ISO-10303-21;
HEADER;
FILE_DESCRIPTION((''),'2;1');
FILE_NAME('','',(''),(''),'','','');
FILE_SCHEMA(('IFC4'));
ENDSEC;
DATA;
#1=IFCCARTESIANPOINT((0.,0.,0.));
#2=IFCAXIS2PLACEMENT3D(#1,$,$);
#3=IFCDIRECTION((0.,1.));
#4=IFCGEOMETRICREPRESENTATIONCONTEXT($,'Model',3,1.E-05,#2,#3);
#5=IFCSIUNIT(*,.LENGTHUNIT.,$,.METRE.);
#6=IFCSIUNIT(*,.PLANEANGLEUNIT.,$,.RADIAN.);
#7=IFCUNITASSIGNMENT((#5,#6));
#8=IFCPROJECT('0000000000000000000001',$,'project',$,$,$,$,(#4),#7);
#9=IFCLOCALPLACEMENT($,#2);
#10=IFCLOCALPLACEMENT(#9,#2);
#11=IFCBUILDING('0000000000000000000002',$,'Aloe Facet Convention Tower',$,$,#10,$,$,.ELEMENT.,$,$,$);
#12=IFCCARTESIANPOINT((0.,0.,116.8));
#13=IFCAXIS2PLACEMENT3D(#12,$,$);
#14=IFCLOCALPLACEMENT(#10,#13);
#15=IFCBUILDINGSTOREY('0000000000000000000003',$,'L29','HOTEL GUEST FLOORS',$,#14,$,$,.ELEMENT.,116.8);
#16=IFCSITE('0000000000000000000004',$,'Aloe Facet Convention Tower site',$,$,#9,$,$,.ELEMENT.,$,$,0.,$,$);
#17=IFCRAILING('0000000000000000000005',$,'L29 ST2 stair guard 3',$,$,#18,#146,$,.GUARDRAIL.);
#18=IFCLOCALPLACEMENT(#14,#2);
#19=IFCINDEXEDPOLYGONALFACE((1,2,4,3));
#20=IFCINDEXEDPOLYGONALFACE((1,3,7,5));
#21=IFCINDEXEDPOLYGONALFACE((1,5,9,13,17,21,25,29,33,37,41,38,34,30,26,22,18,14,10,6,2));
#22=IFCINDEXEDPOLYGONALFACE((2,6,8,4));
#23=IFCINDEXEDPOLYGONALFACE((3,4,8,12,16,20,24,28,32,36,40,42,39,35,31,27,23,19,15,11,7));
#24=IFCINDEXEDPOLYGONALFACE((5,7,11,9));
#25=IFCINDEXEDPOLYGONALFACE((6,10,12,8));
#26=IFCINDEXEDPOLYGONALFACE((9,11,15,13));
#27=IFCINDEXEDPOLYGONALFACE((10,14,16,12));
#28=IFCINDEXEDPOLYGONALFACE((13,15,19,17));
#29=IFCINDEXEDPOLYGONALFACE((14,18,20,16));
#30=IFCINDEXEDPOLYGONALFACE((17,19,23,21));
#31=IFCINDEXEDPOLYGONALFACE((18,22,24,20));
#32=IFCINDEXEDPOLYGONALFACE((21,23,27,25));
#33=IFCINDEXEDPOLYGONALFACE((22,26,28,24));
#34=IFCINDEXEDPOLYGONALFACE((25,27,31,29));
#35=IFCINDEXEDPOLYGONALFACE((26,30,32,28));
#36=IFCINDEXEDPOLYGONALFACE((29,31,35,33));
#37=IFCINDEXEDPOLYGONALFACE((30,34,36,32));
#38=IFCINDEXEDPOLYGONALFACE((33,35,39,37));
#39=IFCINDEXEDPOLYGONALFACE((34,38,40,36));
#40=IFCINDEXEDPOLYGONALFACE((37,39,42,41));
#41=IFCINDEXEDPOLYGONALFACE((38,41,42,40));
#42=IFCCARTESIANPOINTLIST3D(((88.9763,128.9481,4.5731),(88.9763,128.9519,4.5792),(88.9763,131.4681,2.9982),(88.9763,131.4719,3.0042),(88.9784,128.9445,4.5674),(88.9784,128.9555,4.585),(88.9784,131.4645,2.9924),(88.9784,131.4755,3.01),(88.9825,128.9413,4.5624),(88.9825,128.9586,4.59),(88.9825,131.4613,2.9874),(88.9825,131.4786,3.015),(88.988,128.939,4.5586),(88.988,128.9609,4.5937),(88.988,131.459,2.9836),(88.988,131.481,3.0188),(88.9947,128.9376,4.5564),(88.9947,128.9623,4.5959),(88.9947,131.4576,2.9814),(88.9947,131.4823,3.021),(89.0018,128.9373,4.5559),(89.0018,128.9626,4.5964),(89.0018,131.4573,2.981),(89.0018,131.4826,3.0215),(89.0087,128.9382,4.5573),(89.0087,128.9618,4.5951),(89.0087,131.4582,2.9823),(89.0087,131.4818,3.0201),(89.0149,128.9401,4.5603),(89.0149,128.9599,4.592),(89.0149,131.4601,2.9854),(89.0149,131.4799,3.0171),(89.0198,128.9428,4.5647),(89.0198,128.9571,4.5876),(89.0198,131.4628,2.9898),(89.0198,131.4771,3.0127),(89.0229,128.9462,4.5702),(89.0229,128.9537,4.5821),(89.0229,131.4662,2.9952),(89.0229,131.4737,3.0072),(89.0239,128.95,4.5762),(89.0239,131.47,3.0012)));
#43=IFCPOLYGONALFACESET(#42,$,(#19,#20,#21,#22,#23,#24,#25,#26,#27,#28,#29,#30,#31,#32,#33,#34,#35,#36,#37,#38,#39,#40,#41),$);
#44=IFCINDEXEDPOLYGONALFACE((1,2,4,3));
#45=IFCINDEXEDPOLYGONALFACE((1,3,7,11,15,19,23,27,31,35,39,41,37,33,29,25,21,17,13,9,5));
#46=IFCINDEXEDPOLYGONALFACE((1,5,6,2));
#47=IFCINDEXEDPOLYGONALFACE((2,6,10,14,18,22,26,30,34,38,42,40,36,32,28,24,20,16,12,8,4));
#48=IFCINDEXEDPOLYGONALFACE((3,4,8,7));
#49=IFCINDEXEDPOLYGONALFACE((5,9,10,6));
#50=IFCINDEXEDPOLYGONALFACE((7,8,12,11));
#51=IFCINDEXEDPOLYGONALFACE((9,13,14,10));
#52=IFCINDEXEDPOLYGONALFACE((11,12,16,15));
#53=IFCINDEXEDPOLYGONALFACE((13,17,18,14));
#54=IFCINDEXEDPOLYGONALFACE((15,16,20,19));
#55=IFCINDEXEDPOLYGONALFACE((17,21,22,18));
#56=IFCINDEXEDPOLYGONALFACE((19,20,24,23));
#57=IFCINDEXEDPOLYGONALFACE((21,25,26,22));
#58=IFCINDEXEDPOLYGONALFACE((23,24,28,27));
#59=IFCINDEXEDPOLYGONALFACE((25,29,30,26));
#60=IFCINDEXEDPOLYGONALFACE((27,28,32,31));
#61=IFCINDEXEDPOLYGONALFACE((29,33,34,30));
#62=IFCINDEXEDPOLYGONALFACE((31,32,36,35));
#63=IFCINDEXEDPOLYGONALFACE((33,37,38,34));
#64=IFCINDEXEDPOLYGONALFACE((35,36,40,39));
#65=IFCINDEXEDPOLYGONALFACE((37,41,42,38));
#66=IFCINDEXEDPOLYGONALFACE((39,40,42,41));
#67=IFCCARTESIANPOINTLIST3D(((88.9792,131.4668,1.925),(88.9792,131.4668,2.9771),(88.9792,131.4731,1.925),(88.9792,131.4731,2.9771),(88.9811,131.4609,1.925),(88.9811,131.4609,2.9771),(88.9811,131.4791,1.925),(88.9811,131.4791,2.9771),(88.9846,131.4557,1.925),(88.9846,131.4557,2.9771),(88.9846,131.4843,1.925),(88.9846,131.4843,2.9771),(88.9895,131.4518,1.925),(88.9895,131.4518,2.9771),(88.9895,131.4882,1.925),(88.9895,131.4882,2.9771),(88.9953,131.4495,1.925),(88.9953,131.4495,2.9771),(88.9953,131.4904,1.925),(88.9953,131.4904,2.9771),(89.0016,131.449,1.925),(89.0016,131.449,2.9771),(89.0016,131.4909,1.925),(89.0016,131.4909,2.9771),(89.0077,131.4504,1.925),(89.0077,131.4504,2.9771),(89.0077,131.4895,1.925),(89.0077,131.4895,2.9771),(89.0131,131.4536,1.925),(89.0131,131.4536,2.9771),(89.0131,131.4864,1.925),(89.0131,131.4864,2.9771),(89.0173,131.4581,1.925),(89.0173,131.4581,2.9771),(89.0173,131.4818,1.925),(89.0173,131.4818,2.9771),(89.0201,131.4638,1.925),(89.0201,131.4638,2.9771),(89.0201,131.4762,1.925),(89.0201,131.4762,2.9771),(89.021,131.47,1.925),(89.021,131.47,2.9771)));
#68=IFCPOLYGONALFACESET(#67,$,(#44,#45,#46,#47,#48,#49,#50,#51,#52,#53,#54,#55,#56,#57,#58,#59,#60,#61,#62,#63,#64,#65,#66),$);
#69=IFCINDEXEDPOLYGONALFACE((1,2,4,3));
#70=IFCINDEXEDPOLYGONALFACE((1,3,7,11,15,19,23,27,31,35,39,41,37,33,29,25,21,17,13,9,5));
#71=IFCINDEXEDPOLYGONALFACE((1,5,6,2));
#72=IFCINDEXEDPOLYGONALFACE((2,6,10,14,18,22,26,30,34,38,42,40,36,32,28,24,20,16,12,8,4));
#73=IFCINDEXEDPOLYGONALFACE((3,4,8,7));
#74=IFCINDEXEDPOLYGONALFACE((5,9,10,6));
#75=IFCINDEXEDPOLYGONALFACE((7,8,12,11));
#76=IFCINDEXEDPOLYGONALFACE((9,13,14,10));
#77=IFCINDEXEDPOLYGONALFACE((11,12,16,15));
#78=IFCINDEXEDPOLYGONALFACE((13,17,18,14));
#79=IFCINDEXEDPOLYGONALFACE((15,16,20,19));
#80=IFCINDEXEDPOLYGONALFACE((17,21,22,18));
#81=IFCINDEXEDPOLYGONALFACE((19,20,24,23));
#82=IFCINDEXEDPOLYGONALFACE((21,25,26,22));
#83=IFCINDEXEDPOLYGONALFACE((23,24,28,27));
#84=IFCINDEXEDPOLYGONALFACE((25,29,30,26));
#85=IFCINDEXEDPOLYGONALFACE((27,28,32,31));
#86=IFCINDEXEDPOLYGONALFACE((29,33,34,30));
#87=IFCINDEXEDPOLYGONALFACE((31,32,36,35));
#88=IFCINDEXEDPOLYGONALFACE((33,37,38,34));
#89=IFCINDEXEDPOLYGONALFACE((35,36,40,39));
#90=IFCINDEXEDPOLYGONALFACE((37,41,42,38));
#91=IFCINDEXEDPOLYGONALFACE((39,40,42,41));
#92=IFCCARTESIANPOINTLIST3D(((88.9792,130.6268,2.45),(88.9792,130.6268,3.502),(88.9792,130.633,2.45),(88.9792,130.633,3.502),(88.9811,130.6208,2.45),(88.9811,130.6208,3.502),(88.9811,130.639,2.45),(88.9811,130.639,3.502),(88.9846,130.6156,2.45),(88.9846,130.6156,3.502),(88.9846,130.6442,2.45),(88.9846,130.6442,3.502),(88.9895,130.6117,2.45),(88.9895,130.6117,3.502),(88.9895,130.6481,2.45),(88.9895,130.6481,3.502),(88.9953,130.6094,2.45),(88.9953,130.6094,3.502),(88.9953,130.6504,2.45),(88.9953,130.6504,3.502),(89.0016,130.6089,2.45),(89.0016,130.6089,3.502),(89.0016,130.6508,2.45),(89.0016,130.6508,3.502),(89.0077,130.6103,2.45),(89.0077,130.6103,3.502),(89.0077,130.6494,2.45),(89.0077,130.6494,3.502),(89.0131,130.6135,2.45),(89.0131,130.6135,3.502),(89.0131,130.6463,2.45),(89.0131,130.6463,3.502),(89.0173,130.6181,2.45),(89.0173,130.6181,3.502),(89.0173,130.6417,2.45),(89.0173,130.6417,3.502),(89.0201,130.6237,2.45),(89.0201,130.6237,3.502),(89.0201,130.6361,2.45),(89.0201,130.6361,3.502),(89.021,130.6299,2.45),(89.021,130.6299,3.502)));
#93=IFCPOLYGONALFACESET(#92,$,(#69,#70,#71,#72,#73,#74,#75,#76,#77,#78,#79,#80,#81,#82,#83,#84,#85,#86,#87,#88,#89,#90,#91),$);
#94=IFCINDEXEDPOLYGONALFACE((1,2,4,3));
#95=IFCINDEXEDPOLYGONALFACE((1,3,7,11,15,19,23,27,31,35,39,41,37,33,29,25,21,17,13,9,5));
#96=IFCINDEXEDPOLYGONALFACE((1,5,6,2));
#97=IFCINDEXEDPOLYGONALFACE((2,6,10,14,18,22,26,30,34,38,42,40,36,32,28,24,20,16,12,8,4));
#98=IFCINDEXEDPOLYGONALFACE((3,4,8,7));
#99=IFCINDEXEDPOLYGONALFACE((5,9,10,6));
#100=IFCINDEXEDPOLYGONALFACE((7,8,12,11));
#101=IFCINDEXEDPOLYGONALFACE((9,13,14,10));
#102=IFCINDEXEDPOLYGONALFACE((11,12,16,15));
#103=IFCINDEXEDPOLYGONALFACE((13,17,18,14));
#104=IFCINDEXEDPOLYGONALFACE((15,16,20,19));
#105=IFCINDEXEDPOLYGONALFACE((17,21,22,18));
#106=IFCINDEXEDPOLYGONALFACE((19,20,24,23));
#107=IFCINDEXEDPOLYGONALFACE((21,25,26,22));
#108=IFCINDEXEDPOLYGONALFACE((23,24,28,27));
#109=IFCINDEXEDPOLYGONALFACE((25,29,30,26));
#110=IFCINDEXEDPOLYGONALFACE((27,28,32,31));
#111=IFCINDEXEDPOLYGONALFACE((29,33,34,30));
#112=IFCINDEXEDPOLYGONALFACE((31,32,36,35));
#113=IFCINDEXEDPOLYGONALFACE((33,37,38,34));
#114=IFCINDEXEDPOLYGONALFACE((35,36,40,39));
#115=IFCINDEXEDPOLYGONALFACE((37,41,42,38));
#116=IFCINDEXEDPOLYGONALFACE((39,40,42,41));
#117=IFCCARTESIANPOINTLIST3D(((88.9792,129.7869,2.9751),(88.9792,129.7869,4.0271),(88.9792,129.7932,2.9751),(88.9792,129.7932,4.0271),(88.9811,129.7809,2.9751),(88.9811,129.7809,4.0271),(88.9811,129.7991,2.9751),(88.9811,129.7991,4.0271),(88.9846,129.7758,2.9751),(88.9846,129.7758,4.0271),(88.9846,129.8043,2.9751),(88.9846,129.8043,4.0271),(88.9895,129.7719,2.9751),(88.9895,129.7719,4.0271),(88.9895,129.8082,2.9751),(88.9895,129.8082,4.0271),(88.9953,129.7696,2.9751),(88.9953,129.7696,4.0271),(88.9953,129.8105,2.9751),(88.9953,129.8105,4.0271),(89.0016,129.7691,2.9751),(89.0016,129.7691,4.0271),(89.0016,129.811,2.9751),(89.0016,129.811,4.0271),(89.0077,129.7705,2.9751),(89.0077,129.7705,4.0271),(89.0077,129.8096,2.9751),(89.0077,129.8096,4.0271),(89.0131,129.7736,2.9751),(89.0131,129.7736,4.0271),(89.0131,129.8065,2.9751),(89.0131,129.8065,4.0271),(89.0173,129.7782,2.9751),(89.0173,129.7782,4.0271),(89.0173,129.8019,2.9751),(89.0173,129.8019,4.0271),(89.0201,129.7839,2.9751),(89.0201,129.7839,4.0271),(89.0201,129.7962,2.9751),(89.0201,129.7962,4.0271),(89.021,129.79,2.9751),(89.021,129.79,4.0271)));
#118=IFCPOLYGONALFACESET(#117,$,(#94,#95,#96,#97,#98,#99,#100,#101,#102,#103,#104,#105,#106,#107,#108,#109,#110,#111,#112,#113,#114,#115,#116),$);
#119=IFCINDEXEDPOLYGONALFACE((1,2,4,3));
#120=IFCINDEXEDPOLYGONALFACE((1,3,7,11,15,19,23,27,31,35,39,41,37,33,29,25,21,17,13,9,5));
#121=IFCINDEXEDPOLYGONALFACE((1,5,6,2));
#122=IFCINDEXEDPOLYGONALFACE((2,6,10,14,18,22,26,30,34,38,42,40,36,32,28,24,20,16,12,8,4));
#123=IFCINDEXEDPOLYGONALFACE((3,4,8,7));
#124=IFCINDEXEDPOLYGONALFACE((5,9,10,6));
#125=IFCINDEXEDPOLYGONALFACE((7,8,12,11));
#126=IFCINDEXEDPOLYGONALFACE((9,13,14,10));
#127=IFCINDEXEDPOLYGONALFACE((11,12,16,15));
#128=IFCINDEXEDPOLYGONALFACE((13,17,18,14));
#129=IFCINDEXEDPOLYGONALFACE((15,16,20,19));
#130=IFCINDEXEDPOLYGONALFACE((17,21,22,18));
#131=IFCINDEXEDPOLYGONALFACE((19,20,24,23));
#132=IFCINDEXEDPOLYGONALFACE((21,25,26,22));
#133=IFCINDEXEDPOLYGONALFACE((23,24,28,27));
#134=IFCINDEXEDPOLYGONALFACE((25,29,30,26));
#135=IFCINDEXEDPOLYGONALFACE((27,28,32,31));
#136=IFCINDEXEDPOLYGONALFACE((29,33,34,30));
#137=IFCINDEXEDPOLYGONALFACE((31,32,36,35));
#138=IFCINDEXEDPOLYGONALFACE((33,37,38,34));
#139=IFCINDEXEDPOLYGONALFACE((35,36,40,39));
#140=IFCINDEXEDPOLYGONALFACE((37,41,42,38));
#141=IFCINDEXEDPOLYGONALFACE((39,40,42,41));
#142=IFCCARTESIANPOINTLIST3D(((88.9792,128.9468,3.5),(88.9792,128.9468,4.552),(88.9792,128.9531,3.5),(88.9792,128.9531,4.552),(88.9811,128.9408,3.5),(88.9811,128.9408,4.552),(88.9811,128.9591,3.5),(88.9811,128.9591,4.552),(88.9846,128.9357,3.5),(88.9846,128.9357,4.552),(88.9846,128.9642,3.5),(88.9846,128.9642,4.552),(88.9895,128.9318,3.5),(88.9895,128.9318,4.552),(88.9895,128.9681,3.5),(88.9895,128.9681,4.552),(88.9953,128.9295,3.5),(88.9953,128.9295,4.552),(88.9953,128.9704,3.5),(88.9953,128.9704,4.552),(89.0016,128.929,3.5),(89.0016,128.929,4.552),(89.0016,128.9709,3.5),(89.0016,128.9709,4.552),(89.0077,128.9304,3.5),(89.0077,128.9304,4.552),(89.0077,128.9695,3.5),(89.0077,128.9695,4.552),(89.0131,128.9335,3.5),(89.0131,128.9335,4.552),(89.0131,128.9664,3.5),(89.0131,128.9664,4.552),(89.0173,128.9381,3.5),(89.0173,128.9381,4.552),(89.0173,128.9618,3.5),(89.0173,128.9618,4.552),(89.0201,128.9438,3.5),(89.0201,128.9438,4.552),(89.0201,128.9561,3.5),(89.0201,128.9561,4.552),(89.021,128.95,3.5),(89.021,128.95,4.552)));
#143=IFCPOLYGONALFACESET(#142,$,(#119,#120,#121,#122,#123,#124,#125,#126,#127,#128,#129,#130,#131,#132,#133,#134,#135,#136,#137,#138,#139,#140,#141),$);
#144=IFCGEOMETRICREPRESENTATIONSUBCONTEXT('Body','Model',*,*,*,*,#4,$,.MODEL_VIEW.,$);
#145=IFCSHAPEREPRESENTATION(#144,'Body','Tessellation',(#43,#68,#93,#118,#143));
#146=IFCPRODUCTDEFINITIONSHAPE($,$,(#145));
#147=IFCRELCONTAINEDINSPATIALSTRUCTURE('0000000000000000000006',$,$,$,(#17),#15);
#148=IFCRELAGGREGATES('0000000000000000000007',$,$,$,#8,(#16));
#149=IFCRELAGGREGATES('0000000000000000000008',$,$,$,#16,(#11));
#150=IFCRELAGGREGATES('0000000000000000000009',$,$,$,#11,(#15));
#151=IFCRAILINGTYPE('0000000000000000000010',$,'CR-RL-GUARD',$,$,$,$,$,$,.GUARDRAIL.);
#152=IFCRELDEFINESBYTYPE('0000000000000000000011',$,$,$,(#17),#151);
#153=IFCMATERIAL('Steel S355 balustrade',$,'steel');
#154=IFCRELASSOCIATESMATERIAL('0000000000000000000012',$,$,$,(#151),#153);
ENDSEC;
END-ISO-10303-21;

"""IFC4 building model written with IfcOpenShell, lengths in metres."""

from ifc_helpers import new_model, si_unit, direction, frame, origin, origin_2d, place, context, subcontext, project, spatial, circle, extrude, material, type_object, element, save


model = new_model("IFC4")

# Units and contexts
model_context = context("Model", 3, precision=1e-05, world=origin(), true_north=direction((0.0, 1.0)))
body_context = subcontext(model_context, "Body", "Model", "MODEL_VIEW")
ifc_project = project(units=[si_unit("LENGTHUNIT", "METRE"), si_unit("PLANEANGLEUNIT", "RADIAN")], contexts=[model_context])

# Site, building, storey
site_placement = place(None, origin())
site = spatial("IfcSite", under=ifc_project, at=site_placement, Name="Aloe Facet Convention Tower site", CompositionType="ELEMENT", RefElevation=0.0)
building_placement = place(site_placement, origin())
building = spatial("IfcBuilding", under=site, at=building_placement, Name="Aloe Facet Convention Tower", CompositionType="ELEMENT")
storey_placement = place(building_placement, frame((0.0, 0.0, 116.8)))
storey = spatial("IfcBuildingStorey", under=building, at=storey_placement, Name="L29", Description="HOTEL GUEST FLOORS", CompositionType="ELEMENT", Elevation=116.8)

# Railing
ifc_material_1 = material(Name="Steel S355 balustrade", Category="steel")
railing_type_1 = type_object("IfcRailingType", Name="CR-RL-GUARD", PredefinedType="GUARDRAIL", material=ifc_material_1)
railing_1_placement = place(storey_placement, frame((89.0, 131.47, 1.925)))
element("IfcRailing", 1, at=railing_1_placement, inside=storey, type_object=railing_type_1, Name="L29 ST2 stair guard 3", PredefinedType="GUARDRAIL", context=body_context, shape_type="SweptSolid", body=[
    extrude(circle(Radius=0.0239, at=origin_2d()), frame((0.0, 0.0, 1.0762), z_axis=(0.0, -0.848008, 0.529984), x_axis=(1.0, 0.0, 0.0)), (0.0, 0.0, 1.0), 2.9717),
    extrude(circle(Radius=0.021, at=origin_2d()), origin(), (0.0, 0.0, 1.0), 1.052),
    extrude(circle(Radius=0.021, at=origin_2d()), frame((0.0, -0.8401, 0.5249)), (0.0, 0.0, 1.0), 1.052),
    extrude(circle(Radius=0.021, at=origin_2d()), frame((0.0, -1.6799, 1.05)), (0.0, 0.0, 1.0), 1.052),
    extrude(circle(Radius=0.021, at=origin_2d()), frame((0.0, -2.52, 1.575)), (0.0, 0.0, 1.0), 1.052),
])

save(model, "model.ifc")
